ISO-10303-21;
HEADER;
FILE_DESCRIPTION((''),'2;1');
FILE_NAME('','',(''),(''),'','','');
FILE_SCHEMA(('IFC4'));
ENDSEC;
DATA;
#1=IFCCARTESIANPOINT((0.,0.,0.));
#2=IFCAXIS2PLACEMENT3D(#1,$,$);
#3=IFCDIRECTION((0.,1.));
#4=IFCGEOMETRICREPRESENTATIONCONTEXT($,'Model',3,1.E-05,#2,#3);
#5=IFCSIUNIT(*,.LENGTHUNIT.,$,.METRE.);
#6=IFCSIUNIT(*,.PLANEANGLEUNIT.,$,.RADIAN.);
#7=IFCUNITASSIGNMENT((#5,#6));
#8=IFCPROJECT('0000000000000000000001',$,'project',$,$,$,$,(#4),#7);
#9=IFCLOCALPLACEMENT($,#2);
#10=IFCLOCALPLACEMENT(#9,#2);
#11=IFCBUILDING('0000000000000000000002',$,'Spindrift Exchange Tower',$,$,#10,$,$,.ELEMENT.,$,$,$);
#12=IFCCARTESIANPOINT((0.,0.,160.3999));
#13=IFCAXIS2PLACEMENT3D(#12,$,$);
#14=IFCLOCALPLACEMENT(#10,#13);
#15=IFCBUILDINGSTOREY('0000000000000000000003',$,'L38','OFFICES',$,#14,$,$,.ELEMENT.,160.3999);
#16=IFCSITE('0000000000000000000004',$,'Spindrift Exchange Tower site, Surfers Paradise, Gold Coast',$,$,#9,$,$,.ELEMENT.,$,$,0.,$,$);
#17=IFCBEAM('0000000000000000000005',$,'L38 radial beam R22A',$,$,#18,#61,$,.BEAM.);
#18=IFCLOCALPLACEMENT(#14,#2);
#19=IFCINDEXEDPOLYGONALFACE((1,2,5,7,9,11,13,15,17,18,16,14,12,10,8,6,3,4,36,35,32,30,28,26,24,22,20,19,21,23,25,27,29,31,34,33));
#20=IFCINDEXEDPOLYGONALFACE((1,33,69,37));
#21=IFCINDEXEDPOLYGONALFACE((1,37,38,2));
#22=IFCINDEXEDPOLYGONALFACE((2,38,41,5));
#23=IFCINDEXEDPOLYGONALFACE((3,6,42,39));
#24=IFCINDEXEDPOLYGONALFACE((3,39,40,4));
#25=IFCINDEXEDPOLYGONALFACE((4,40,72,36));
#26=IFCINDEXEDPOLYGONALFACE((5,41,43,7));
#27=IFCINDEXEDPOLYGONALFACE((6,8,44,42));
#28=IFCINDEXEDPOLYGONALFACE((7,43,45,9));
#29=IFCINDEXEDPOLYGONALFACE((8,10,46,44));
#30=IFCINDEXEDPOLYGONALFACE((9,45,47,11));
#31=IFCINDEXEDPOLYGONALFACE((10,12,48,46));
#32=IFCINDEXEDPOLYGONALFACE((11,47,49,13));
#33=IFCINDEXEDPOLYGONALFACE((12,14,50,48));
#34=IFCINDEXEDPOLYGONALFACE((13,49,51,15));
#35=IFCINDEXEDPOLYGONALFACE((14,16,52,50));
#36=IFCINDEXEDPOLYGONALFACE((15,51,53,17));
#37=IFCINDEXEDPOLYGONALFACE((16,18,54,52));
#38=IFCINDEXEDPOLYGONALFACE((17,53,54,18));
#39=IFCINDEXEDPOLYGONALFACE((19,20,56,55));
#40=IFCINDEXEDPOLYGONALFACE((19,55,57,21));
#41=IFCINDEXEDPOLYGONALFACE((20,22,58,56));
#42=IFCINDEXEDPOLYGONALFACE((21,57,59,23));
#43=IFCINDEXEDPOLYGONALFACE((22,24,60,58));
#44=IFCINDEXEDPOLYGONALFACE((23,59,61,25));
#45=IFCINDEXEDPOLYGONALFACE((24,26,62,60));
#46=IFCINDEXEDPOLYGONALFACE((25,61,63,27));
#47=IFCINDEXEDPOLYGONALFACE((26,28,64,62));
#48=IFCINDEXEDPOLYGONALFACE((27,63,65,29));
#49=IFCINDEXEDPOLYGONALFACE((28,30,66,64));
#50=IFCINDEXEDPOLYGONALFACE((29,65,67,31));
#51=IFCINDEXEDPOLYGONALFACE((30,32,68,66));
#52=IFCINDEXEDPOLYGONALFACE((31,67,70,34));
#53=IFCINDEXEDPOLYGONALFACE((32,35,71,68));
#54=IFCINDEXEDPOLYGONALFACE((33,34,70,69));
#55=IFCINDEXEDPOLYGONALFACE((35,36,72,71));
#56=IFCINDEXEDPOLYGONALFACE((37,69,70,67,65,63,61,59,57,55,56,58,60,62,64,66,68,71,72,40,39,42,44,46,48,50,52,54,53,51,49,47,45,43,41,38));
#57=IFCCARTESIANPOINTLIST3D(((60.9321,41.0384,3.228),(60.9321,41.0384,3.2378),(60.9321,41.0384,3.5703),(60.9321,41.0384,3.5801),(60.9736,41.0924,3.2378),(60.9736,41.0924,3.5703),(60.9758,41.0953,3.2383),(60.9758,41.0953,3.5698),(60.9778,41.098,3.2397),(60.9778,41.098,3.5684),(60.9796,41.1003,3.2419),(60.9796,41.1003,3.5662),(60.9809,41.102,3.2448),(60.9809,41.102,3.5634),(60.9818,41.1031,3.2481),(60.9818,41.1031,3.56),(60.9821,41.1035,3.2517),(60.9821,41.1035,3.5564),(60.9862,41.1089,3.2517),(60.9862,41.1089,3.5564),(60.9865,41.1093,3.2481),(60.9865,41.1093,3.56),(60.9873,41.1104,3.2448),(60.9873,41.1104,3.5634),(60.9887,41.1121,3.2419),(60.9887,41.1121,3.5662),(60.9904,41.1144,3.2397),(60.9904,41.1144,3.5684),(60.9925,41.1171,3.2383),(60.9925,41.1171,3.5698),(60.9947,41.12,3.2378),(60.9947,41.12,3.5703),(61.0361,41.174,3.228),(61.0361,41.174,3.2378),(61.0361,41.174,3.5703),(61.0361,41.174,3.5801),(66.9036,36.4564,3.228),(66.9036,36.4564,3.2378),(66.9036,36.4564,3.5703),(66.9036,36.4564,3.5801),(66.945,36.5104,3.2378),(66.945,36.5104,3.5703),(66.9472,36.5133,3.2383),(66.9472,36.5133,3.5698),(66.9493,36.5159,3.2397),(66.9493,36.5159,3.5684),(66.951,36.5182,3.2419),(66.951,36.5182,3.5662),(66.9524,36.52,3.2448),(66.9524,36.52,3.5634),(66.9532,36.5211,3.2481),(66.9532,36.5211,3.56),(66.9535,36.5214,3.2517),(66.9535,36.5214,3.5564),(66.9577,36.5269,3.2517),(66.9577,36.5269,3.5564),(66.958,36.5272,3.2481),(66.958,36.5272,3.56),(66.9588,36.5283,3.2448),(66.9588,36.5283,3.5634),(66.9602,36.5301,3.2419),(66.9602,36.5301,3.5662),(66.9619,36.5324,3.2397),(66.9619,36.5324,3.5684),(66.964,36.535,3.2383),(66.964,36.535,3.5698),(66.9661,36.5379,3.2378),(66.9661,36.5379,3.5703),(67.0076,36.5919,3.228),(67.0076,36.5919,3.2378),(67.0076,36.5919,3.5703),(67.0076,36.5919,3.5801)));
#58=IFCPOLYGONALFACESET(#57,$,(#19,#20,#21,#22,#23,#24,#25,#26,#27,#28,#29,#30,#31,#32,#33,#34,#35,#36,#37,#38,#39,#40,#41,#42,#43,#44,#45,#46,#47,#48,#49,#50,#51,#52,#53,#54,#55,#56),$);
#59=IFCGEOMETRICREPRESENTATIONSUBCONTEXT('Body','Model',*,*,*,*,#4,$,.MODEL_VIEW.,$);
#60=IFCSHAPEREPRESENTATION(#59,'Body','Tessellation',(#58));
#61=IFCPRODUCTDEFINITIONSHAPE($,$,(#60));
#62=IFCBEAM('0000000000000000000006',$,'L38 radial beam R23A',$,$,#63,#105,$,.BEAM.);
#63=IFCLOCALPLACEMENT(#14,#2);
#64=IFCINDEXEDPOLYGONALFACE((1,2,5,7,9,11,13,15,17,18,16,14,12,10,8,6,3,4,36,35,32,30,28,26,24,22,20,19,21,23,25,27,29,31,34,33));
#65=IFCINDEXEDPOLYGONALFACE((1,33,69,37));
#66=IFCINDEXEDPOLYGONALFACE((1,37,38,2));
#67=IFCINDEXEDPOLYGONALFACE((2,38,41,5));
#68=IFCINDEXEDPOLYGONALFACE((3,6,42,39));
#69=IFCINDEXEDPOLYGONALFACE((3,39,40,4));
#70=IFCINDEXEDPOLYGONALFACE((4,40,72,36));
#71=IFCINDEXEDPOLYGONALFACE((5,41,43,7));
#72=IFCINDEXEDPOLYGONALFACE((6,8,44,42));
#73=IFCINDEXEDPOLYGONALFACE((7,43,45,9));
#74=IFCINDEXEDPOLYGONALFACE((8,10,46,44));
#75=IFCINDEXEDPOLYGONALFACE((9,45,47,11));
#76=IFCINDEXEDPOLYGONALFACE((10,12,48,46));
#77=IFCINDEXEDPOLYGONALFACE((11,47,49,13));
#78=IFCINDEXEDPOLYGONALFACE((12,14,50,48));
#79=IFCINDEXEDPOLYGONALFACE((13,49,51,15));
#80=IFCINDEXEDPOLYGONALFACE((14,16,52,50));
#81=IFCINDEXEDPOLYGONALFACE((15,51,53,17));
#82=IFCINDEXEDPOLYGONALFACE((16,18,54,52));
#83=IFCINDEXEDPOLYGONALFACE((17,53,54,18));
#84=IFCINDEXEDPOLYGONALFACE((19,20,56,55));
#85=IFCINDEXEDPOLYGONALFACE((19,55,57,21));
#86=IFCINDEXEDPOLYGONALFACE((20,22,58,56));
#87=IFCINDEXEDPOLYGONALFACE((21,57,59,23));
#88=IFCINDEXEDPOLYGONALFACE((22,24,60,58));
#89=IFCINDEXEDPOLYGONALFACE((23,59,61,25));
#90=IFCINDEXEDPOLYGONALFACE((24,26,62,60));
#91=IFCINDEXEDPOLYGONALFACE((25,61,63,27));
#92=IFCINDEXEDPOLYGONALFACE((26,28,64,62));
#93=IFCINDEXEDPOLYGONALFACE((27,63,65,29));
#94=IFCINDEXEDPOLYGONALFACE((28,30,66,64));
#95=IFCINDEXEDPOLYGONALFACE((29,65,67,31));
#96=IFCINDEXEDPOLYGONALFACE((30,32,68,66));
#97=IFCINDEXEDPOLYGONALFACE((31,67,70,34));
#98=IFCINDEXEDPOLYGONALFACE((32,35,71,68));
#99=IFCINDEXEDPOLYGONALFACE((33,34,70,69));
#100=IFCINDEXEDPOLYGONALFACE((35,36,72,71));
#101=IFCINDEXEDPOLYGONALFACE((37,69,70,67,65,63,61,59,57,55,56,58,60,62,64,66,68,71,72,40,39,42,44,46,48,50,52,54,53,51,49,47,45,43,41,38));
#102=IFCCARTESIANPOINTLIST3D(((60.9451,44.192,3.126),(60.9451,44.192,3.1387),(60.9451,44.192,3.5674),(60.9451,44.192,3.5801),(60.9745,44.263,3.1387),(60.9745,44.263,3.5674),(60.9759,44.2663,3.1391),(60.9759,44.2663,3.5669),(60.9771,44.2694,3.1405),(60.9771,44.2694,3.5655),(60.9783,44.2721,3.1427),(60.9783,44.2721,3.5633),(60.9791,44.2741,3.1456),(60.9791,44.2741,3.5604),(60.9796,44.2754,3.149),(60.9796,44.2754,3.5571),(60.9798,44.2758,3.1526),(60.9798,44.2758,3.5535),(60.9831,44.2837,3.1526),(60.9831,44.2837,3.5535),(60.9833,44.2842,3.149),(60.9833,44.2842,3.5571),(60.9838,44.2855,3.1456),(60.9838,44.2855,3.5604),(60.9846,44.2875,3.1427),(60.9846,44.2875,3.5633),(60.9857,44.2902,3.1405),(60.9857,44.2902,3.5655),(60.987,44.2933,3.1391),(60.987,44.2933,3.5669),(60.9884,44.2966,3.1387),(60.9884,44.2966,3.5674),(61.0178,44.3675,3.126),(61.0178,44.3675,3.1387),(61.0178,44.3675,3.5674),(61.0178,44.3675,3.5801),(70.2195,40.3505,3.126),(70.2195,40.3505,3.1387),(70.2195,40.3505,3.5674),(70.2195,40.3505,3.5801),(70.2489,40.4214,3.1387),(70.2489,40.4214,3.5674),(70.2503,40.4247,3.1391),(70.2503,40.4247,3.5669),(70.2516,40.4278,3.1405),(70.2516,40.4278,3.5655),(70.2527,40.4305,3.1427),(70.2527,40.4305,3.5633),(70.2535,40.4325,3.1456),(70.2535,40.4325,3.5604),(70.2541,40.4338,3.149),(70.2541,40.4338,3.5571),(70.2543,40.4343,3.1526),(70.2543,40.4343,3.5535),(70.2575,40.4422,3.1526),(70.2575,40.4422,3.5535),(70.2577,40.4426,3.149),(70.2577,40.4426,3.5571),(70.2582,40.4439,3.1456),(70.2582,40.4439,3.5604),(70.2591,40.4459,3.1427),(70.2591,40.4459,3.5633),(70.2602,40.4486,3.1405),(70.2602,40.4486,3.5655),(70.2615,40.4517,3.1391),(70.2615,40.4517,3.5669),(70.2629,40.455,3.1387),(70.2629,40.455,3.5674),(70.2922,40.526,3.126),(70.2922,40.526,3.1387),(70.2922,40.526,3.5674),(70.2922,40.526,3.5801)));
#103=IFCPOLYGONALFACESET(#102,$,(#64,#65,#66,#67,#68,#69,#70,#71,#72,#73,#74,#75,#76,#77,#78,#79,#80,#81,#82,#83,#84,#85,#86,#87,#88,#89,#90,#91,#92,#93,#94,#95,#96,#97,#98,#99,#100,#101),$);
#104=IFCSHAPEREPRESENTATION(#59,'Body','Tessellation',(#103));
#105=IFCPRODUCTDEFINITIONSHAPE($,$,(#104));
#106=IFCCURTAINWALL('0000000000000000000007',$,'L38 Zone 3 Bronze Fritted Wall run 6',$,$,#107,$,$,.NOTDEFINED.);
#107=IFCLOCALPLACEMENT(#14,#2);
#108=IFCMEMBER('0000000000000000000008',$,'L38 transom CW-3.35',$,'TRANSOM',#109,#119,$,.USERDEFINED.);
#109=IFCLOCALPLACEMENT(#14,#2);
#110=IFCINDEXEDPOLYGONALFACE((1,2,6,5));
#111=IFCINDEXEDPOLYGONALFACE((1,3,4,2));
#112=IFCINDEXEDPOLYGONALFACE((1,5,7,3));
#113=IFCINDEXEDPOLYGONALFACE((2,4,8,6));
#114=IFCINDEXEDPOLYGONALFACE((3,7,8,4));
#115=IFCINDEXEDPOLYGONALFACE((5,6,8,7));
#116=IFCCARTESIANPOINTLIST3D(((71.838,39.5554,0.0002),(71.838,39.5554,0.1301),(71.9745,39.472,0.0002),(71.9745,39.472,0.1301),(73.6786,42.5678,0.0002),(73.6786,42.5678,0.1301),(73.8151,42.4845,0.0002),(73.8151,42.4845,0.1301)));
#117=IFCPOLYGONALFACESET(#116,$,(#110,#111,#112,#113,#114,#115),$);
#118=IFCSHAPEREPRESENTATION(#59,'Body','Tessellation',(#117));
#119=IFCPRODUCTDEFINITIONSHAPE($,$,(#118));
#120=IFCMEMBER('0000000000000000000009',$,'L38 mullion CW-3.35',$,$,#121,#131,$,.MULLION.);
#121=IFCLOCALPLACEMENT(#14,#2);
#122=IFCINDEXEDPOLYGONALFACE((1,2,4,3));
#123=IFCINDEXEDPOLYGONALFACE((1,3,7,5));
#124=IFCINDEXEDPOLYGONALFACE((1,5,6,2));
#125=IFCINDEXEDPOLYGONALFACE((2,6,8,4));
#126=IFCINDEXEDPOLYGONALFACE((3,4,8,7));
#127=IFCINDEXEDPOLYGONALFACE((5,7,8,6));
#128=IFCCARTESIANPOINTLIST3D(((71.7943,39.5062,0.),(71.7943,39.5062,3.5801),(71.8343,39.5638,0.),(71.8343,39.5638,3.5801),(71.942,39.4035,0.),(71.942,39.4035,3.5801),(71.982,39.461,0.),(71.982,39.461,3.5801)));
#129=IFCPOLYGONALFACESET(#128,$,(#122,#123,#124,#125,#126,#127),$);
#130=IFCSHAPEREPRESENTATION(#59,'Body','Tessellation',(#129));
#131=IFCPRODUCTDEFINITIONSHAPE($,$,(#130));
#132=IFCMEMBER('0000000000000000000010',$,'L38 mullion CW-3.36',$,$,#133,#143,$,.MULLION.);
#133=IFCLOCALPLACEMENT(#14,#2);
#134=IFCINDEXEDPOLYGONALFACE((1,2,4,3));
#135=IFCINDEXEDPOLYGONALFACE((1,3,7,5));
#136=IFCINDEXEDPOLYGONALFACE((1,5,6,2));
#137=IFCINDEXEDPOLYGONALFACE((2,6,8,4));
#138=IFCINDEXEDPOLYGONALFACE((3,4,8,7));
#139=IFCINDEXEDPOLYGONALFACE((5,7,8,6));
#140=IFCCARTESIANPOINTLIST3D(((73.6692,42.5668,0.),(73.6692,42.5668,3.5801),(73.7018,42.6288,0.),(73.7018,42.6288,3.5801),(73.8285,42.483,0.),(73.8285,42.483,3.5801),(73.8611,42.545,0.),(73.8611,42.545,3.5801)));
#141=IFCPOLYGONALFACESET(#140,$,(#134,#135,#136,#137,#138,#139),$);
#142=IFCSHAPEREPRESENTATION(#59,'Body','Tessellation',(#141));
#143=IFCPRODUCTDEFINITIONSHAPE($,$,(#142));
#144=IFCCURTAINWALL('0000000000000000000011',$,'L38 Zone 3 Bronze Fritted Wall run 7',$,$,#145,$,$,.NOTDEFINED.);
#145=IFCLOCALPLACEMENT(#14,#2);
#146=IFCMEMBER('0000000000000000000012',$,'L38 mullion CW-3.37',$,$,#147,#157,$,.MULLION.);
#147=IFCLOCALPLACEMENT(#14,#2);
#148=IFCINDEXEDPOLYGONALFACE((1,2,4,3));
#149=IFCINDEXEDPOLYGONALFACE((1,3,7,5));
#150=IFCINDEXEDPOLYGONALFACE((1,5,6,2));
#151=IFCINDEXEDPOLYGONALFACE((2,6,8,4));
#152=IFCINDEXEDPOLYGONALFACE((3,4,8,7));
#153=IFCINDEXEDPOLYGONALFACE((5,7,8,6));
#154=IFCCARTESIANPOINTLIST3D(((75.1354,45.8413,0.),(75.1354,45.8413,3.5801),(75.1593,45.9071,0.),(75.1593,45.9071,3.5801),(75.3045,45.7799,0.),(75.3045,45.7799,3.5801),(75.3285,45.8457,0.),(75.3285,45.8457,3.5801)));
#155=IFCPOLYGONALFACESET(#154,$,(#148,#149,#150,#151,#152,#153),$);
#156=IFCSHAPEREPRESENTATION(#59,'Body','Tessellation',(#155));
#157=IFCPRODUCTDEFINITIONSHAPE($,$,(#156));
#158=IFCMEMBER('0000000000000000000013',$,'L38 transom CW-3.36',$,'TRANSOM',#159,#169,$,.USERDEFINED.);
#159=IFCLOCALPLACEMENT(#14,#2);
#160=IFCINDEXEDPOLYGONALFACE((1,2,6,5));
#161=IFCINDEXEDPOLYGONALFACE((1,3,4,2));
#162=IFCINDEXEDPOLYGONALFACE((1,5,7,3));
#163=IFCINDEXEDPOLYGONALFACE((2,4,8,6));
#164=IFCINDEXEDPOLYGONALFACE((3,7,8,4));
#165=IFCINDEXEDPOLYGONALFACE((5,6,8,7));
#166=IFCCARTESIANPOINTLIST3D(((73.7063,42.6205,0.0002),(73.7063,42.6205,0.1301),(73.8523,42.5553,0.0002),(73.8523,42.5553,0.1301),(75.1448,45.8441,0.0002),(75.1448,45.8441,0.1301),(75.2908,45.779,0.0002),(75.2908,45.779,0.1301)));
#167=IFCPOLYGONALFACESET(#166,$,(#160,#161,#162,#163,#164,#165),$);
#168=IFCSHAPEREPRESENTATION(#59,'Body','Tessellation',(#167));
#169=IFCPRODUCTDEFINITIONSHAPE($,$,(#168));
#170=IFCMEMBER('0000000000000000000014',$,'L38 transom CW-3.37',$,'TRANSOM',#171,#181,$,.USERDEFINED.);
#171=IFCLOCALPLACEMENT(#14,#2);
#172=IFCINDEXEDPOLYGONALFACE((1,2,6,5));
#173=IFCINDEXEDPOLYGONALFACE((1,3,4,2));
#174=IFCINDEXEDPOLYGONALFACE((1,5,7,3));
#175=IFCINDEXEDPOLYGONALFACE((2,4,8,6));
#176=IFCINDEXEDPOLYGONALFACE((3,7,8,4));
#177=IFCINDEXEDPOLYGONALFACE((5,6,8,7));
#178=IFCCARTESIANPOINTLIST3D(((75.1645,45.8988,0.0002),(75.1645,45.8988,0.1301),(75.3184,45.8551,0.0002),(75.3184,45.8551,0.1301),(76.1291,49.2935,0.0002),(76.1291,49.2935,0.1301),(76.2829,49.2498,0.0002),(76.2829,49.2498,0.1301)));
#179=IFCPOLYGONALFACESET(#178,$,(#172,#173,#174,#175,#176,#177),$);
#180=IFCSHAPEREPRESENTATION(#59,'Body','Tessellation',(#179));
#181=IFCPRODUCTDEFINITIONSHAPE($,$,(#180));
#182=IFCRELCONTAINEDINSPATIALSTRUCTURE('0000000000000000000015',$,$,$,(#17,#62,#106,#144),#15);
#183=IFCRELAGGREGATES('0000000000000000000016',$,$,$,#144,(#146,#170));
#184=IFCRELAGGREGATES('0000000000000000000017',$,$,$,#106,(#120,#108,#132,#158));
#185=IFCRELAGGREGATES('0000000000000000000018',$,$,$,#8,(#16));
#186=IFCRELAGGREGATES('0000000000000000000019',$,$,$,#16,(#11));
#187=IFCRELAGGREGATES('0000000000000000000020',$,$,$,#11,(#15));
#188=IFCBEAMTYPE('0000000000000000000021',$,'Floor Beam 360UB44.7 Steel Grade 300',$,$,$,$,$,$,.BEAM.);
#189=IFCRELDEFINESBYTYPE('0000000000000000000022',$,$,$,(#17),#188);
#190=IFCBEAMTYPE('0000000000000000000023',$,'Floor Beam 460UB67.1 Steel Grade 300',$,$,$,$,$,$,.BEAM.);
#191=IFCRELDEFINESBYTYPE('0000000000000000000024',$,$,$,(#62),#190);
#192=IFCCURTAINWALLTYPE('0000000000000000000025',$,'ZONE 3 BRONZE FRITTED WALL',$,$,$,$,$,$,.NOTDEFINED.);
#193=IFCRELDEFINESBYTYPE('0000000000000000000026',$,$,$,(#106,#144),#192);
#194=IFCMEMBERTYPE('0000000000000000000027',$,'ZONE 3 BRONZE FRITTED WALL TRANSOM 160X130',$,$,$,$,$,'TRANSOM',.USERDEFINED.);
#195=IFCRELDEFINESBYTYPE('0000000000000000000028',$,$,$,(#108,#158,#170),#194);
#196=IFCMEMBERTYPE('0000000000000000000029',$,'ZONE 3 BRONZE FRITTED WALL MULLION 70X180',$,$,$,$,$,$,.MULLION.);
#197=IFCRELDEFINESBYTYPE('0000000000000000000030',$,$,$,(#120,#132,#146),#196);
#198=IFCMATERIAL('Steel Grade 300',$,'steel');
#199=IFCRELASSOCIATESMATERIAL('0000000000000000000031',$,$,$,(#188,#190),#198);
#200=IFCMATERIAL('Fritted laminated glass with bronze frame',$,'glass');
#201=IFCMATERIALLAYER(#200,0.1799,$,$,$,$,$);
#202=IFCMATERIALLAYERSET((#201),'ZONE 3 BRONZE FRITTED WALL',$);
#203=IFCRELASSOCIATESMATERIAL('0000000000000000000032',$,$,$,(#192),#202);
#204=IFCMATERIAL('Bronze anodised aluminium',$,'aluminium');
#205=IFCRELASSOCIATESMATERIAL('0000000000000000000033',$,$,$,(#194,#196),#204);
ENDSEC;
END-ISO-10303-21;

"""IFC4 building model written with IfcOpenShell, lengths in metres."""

from ifc_helpers import new_model, si_unit, direction, frame, origin, origin_2d, place, context, subcontext, project, spatial, rectangle, i_section, extrude, source, transform, mapped, material, layer, layer_set, material_profile, profile_set, type_object, element, aggregate, save


model = new_model("IFC4")

# Units and contexts
model_context = context("Model", 3, precision=1e-05, world=origin(), true_north=direction((0.0, 1.0)))
body_context = subcontext(model_context, "Body", "Model", "MODEL_VIEW")
ifc_project = project(units=[si_unit("LENGTHUNIT", "METRE"), si_unit("PLANEANGLEUNIT", "RADIAN")], contexts=[model_context])

# Site, building, storey
site_placement = place(None, origin())
site = spatial("IfcSite", under=ifc_project, at=site_placement, Name="Spindrift Exchange Tower site, Surfers Paradise, Gold Coast", CompositionType="ELEMENT", RefElevation=0.0)
building_placement = place(site_placement, origin())
building = spatial("IfcBuilding", under=site, at=building_placement, Name="Spindrift Exchange Tower", CompositionType="ELEMENT")
storey_placement = place(building_placement, frame((0.0, 0.0, 160.3999)))
storey = spatial("IfcBuildingStorey", under=building, at=storey_placement, Name="L38", Description="OFFICES", CompositionType="ELEMENT", Elevation=160.3999)

# Beams
ifc_material_1 = material(Name="Steel Grade 300", Category="steel")
ifc_material_profile_1 = material_profile(ifc_material_1, i_section(OverallWidth=0.1709, OverallDepth=0.3521, WebThickness=0.0068, FlangeThickness=0.0098, FilletRadius=0.0139, at=origin_2d()), Name="360UB44.7")
ifc_profile_set_1 = profile_set([ifc_material_profile_1], Name="Steel Grade 300")
beam_type_1 = type_object("IfcBeamType", Name="Floor Beam 360UB44.7 Steel Grade 300", PredefinedType="BEAM", material=ifc_profile_set_1)
shared_shape_1 = source(origin(), body_context, "Body", "SweptSolid", [
    extrude(i_section(OverallWidth=0.1709, OverallDepth=0.3521, WebThickness=0.0068, FlangeThickness=0.0098, FilletRadius=0.0139, at=origin_2d()), origin(), (0.0, 0.0, 1.0), 7.5269),
])
beam_1_placement = place(storey_placement, frame((60.9841, 41.1062, 3.4041), z_axis=(0.793354, -0.60876, 0.0), x_axis=(0.60876, 0.793354, 0.0)))
element("IfcBeam", 1, at=beam_1_placement, inside=storey, type_object=beam_type_1, Name="L38 radial beam R22A", PredefinedType="BEAM", context=body_context, shape_type="MappedRepresentation", body=[
    mapped(shared_shape_1, transform((0.0, 0.0, 0.0), scale=1.0)),
])
ifc_material_profile_2 = material_profile(ifc_material_1, i_section(OverallWidth=0.1899, OverallDepth=0.4541, WebThickness=0.0085, FlangeThickness=0.0127, FilletRadius=0.0139, at=origin_2d()), Name="460UB67.1")
ifc_profile_set_2 = profile_set([ifc_material_profile_2], Name="Steel Grade 300")
beam_type_2 = type_object("IfcBeamType", Name="Floor Beam 460UB67.1 Steel Grade 300", PredefinedType="BEAM", material=ifc_profile_set_2)
shared_shape_2 = source(origin(), body_context, "Body", "SweptSolid", [
    extrude(i_section(OverallWidth=0.1899, OverallDepth=0.4541, WebThickness=0.0085, FlangeThickness=0.0127, FilletRadius=0.0139, at=origin_2d()), origin(), (0.0, 0.0, 1.0), 10.0386),
])
beam_2_placement = place(storey_placement, frame((60.9814, 44.2798, 3.353), z_axis=(0.923881, -0.38268, 0.0), x_axis=(0.38268, 0.923881, 0.0)))
element("IfcBeam", 2, at=beam_2_placement, inside=storey, type_object=beam_type_2, Name="L38 radial beam R23A", PredefinedType="BEAM", context=body_context, shape_type="MappedRepresentation", body=[
    mapped(shared_shape_2, transform((0.0, 0.0, 0.0), scale=1.0)),
])

# Curtain wall, members
ifc_material_2 = material(Name="Fritted laminated glass with bronze frame", Category="glass")
ifc_layer_1 = layer(ifc_material_2, 0.1799)
ifc_layer_set_1 = layer_set([ifc_layer_1], Name="ZONE 3 BRONZE FRITTED WALL")
curtain_wall_type = type_object("IfcCurtainWallType", Name="ZONE 3 BRONZE FRITTED WALL", PredefinedType="NOTDEFINED", material=ifc_layer_set_1)
curtain_wall_1_placement = place(storey_placement, origin())
curtain_wall_1 = element("IfcCurtainWall", 3, at=curtain_wall_1_placement, inside=storey, type_object=curtain_wall_type, Name="L38 Zone 3 Bronze Fritted Wall run 6", PredefinedType="NOTDEFINED")
ifc_material_3 = material(Name="Bronze anodised aluminium", Category="aluminium")
ifc_material_profile_3 = material_profile(ifc_material_3, rectangle(XDim=0.1599, YDim=0.1299, at=origin_2d()), Name="ZONE 3 BRONZE FRITTED WALL TRANSOM 160X130")
ifc_profile_set_3 = profile_set([ifc_material_profile_3], Name="Bronze anodised aluminium")
member_type_1 = type_object("IfcMemberType", Name="ZONE 3 BRONZE FRITTED WALL TRANSOM 160X130", ElementType="TRANSOM", PredefinedType="USERDEFINED", material=ifc_profile_set_3)
shared_shape_3 = source(origin(), body_context, "Body", "SweptSolid", [
    extrude(rectangle(XDim=0.1599, YDim=0.1299, at=origin_2d()), origin(), (0.0, 0.0, 1.0), 3.5303),
])
member_1_placement = place(storey_placement, frame((71.9062, 39.5137, 0.0652), z_axis=(0.521374, 0.853328, 0.0), x_axis=(-0.853328, 0.521374, 0.0)))
member_1 = element("IfcMember", 4, at=member_1_placement, type_object=member_type_1, Name="L38 transom CW-3.35", ObjectType="TRANSOM", PredefinedType="USERDEFINED", context=body_context, shape_type="MappedRepresentation", body=[
    mapped(shared_shape_3, transform((0.0, 0.0, 0.0), scale=1.0)),
])
ifc_material_profile_4 = material_profile(ifc_material_3, rectangle(XDim=0.0701, YDim=0.1799, at=origin_2d()), Name="ZONE 3 BRONZE FRITTED WALL MULLION 70X180")
ifc_profile_set_4 = profile_set([ifc_material_profile_4], Name="Bronze anodised aluminium")
member_type_2 = type_object("IfcMemberType", Name="ZONE 3 BRONZE FRITTED WALL MULLION 70X180", PredefinedType="MULLION", material=ifc_profile_set_4)
shared_shape_4 = source(origin(), body_context, "Body", "SweptSolid", [
    extrude(rectangle(XDim=0.0701, YDim=0.1799, at=origin_2d()), origin(), (0.0, 0.0, 1.0), 3.5801),
])
member_2_placement = place(storey_placement, frame((71.8882, 39.4836, 0.0), z_axis=(0.0, 0.0, 1.0), x_axis=(0.5709, 0.821019, 0.0)))
member_2 = element("IfcMember", 5, at=member_2_placement, type_object=member_type_2, Name="L38 mullion CW-3.35", PredefinedType="MULLION", context=body_context, shape_type="MappedRepresentation", body=[
    mapped(shared_shape_4, transform((0.0, 0.0, 0.0), scale=1.0)),
])
member_3_placement = place(storey_placement, frame((73.7651, 42.5559, 0.0), z_axis=(0.0, 0.0, 1.0), x_axis=(0.465382, 0.88511, 0.0)))
member_3 = element("IfcMember", 6, at=member_3_placement, type_object=member_type_2, Name="L38 mullion CW-3.36", PredefinedType="MULLION", context=body_context, shape_type="MappedRepresentation", body=[
    mapped(shared_shape_4, transform((0.0, 0.0, 0.0), scale=1.0)),
])

# Curtain wall, member
curtain_wall_2_placement = place(storey_placement, origin())
curtain_wall_2 = element("IfcCurtainWall", 7, at=curtain_wall_2_placement, inside=storey, type_object=curtain_wall_type, Name="L38 Zone 3 Bronze Fritted Wall run 7", PredefinedType="NOTDEFINED")
member_4_placement = place(storey_placement, frame((75.2319, 45.8435, 0.0), z_axis=(0.0, 0.0, 1.0), x_axis=(0.341274, 0.939964, 0.0)))
member_4 = element("IfcMember", 8, at=member_4_placement, type_object=member_type_2, Name="L38 mullion CW-3.37", PredefinedType="MULLION", context=body_context, shape_type="MappedRepresentation", body=[
    mapped(shared_shape_4, transform((0.0, 0.0, 0.0), scale=1.0)),
])

# Members
shared_shape_5 = source(origin(), body_context, "Body", "SweptSolid", [
    extrude(rectangle(XDim=0.1599, YDim=0.1299, at=origin_2d()), origin(), (0.0, 0.0, 1.0), 3.53),
])
member_5_placement = place(storey_placement, frame((73.7793, 42.5879, 0.0652), z_axis=(0.407498, 0.913206, 0.0), x_axis=(-0.913206, 0.407498, 0.0)))
member_5 = element("IfcMember", 9, at=member_5_placement, type_object=member_type_1, Name="L38 transom CW-3.36", ObjectType="TRANSOM", PredefinedType="USERDEFINED", context=body_context, shape_type="MappedRepresentation", body=[
    mapped(shared_shape_5, transform((0.0, 0.0, 0.0), scale=1.0)),
])
shared_shape_6 = source(origin(), body_context, "Body", "SweptSolid", [
    extrude(rectangle(XDim=0.1599, YDim=0.1299, at=origin_2d()), origin(), (0.0, 0.0, 1.0), 3.5291),
])
member_6_placement = place(storey_placement, frame((75.2415, 45.877, 0.0652), z_axis=(0.273323, 0.961922, 0.0), x_axis=(-0.961922, 0.273323, 0.0)))
member_6 = element("IfcMember", 10, at=member_6_placement, type_object=member_type_1, Name="L38 transom CW-3.37", ObjectType="TRANSOM", PredefinedType="USERDEFINED", context=body_context, shape_type="MappedRepresentation", body=[
    mapped(shared_shape_6, transform((0.0, 0.0, 0.0), scale=1.0)),
])
aggregate(curtain_wall_2, [member_4, member_6])

aggregate(curtain_wall_1, [member_2, member_1, member_3, member_5])

save(model, "model.ifc")
